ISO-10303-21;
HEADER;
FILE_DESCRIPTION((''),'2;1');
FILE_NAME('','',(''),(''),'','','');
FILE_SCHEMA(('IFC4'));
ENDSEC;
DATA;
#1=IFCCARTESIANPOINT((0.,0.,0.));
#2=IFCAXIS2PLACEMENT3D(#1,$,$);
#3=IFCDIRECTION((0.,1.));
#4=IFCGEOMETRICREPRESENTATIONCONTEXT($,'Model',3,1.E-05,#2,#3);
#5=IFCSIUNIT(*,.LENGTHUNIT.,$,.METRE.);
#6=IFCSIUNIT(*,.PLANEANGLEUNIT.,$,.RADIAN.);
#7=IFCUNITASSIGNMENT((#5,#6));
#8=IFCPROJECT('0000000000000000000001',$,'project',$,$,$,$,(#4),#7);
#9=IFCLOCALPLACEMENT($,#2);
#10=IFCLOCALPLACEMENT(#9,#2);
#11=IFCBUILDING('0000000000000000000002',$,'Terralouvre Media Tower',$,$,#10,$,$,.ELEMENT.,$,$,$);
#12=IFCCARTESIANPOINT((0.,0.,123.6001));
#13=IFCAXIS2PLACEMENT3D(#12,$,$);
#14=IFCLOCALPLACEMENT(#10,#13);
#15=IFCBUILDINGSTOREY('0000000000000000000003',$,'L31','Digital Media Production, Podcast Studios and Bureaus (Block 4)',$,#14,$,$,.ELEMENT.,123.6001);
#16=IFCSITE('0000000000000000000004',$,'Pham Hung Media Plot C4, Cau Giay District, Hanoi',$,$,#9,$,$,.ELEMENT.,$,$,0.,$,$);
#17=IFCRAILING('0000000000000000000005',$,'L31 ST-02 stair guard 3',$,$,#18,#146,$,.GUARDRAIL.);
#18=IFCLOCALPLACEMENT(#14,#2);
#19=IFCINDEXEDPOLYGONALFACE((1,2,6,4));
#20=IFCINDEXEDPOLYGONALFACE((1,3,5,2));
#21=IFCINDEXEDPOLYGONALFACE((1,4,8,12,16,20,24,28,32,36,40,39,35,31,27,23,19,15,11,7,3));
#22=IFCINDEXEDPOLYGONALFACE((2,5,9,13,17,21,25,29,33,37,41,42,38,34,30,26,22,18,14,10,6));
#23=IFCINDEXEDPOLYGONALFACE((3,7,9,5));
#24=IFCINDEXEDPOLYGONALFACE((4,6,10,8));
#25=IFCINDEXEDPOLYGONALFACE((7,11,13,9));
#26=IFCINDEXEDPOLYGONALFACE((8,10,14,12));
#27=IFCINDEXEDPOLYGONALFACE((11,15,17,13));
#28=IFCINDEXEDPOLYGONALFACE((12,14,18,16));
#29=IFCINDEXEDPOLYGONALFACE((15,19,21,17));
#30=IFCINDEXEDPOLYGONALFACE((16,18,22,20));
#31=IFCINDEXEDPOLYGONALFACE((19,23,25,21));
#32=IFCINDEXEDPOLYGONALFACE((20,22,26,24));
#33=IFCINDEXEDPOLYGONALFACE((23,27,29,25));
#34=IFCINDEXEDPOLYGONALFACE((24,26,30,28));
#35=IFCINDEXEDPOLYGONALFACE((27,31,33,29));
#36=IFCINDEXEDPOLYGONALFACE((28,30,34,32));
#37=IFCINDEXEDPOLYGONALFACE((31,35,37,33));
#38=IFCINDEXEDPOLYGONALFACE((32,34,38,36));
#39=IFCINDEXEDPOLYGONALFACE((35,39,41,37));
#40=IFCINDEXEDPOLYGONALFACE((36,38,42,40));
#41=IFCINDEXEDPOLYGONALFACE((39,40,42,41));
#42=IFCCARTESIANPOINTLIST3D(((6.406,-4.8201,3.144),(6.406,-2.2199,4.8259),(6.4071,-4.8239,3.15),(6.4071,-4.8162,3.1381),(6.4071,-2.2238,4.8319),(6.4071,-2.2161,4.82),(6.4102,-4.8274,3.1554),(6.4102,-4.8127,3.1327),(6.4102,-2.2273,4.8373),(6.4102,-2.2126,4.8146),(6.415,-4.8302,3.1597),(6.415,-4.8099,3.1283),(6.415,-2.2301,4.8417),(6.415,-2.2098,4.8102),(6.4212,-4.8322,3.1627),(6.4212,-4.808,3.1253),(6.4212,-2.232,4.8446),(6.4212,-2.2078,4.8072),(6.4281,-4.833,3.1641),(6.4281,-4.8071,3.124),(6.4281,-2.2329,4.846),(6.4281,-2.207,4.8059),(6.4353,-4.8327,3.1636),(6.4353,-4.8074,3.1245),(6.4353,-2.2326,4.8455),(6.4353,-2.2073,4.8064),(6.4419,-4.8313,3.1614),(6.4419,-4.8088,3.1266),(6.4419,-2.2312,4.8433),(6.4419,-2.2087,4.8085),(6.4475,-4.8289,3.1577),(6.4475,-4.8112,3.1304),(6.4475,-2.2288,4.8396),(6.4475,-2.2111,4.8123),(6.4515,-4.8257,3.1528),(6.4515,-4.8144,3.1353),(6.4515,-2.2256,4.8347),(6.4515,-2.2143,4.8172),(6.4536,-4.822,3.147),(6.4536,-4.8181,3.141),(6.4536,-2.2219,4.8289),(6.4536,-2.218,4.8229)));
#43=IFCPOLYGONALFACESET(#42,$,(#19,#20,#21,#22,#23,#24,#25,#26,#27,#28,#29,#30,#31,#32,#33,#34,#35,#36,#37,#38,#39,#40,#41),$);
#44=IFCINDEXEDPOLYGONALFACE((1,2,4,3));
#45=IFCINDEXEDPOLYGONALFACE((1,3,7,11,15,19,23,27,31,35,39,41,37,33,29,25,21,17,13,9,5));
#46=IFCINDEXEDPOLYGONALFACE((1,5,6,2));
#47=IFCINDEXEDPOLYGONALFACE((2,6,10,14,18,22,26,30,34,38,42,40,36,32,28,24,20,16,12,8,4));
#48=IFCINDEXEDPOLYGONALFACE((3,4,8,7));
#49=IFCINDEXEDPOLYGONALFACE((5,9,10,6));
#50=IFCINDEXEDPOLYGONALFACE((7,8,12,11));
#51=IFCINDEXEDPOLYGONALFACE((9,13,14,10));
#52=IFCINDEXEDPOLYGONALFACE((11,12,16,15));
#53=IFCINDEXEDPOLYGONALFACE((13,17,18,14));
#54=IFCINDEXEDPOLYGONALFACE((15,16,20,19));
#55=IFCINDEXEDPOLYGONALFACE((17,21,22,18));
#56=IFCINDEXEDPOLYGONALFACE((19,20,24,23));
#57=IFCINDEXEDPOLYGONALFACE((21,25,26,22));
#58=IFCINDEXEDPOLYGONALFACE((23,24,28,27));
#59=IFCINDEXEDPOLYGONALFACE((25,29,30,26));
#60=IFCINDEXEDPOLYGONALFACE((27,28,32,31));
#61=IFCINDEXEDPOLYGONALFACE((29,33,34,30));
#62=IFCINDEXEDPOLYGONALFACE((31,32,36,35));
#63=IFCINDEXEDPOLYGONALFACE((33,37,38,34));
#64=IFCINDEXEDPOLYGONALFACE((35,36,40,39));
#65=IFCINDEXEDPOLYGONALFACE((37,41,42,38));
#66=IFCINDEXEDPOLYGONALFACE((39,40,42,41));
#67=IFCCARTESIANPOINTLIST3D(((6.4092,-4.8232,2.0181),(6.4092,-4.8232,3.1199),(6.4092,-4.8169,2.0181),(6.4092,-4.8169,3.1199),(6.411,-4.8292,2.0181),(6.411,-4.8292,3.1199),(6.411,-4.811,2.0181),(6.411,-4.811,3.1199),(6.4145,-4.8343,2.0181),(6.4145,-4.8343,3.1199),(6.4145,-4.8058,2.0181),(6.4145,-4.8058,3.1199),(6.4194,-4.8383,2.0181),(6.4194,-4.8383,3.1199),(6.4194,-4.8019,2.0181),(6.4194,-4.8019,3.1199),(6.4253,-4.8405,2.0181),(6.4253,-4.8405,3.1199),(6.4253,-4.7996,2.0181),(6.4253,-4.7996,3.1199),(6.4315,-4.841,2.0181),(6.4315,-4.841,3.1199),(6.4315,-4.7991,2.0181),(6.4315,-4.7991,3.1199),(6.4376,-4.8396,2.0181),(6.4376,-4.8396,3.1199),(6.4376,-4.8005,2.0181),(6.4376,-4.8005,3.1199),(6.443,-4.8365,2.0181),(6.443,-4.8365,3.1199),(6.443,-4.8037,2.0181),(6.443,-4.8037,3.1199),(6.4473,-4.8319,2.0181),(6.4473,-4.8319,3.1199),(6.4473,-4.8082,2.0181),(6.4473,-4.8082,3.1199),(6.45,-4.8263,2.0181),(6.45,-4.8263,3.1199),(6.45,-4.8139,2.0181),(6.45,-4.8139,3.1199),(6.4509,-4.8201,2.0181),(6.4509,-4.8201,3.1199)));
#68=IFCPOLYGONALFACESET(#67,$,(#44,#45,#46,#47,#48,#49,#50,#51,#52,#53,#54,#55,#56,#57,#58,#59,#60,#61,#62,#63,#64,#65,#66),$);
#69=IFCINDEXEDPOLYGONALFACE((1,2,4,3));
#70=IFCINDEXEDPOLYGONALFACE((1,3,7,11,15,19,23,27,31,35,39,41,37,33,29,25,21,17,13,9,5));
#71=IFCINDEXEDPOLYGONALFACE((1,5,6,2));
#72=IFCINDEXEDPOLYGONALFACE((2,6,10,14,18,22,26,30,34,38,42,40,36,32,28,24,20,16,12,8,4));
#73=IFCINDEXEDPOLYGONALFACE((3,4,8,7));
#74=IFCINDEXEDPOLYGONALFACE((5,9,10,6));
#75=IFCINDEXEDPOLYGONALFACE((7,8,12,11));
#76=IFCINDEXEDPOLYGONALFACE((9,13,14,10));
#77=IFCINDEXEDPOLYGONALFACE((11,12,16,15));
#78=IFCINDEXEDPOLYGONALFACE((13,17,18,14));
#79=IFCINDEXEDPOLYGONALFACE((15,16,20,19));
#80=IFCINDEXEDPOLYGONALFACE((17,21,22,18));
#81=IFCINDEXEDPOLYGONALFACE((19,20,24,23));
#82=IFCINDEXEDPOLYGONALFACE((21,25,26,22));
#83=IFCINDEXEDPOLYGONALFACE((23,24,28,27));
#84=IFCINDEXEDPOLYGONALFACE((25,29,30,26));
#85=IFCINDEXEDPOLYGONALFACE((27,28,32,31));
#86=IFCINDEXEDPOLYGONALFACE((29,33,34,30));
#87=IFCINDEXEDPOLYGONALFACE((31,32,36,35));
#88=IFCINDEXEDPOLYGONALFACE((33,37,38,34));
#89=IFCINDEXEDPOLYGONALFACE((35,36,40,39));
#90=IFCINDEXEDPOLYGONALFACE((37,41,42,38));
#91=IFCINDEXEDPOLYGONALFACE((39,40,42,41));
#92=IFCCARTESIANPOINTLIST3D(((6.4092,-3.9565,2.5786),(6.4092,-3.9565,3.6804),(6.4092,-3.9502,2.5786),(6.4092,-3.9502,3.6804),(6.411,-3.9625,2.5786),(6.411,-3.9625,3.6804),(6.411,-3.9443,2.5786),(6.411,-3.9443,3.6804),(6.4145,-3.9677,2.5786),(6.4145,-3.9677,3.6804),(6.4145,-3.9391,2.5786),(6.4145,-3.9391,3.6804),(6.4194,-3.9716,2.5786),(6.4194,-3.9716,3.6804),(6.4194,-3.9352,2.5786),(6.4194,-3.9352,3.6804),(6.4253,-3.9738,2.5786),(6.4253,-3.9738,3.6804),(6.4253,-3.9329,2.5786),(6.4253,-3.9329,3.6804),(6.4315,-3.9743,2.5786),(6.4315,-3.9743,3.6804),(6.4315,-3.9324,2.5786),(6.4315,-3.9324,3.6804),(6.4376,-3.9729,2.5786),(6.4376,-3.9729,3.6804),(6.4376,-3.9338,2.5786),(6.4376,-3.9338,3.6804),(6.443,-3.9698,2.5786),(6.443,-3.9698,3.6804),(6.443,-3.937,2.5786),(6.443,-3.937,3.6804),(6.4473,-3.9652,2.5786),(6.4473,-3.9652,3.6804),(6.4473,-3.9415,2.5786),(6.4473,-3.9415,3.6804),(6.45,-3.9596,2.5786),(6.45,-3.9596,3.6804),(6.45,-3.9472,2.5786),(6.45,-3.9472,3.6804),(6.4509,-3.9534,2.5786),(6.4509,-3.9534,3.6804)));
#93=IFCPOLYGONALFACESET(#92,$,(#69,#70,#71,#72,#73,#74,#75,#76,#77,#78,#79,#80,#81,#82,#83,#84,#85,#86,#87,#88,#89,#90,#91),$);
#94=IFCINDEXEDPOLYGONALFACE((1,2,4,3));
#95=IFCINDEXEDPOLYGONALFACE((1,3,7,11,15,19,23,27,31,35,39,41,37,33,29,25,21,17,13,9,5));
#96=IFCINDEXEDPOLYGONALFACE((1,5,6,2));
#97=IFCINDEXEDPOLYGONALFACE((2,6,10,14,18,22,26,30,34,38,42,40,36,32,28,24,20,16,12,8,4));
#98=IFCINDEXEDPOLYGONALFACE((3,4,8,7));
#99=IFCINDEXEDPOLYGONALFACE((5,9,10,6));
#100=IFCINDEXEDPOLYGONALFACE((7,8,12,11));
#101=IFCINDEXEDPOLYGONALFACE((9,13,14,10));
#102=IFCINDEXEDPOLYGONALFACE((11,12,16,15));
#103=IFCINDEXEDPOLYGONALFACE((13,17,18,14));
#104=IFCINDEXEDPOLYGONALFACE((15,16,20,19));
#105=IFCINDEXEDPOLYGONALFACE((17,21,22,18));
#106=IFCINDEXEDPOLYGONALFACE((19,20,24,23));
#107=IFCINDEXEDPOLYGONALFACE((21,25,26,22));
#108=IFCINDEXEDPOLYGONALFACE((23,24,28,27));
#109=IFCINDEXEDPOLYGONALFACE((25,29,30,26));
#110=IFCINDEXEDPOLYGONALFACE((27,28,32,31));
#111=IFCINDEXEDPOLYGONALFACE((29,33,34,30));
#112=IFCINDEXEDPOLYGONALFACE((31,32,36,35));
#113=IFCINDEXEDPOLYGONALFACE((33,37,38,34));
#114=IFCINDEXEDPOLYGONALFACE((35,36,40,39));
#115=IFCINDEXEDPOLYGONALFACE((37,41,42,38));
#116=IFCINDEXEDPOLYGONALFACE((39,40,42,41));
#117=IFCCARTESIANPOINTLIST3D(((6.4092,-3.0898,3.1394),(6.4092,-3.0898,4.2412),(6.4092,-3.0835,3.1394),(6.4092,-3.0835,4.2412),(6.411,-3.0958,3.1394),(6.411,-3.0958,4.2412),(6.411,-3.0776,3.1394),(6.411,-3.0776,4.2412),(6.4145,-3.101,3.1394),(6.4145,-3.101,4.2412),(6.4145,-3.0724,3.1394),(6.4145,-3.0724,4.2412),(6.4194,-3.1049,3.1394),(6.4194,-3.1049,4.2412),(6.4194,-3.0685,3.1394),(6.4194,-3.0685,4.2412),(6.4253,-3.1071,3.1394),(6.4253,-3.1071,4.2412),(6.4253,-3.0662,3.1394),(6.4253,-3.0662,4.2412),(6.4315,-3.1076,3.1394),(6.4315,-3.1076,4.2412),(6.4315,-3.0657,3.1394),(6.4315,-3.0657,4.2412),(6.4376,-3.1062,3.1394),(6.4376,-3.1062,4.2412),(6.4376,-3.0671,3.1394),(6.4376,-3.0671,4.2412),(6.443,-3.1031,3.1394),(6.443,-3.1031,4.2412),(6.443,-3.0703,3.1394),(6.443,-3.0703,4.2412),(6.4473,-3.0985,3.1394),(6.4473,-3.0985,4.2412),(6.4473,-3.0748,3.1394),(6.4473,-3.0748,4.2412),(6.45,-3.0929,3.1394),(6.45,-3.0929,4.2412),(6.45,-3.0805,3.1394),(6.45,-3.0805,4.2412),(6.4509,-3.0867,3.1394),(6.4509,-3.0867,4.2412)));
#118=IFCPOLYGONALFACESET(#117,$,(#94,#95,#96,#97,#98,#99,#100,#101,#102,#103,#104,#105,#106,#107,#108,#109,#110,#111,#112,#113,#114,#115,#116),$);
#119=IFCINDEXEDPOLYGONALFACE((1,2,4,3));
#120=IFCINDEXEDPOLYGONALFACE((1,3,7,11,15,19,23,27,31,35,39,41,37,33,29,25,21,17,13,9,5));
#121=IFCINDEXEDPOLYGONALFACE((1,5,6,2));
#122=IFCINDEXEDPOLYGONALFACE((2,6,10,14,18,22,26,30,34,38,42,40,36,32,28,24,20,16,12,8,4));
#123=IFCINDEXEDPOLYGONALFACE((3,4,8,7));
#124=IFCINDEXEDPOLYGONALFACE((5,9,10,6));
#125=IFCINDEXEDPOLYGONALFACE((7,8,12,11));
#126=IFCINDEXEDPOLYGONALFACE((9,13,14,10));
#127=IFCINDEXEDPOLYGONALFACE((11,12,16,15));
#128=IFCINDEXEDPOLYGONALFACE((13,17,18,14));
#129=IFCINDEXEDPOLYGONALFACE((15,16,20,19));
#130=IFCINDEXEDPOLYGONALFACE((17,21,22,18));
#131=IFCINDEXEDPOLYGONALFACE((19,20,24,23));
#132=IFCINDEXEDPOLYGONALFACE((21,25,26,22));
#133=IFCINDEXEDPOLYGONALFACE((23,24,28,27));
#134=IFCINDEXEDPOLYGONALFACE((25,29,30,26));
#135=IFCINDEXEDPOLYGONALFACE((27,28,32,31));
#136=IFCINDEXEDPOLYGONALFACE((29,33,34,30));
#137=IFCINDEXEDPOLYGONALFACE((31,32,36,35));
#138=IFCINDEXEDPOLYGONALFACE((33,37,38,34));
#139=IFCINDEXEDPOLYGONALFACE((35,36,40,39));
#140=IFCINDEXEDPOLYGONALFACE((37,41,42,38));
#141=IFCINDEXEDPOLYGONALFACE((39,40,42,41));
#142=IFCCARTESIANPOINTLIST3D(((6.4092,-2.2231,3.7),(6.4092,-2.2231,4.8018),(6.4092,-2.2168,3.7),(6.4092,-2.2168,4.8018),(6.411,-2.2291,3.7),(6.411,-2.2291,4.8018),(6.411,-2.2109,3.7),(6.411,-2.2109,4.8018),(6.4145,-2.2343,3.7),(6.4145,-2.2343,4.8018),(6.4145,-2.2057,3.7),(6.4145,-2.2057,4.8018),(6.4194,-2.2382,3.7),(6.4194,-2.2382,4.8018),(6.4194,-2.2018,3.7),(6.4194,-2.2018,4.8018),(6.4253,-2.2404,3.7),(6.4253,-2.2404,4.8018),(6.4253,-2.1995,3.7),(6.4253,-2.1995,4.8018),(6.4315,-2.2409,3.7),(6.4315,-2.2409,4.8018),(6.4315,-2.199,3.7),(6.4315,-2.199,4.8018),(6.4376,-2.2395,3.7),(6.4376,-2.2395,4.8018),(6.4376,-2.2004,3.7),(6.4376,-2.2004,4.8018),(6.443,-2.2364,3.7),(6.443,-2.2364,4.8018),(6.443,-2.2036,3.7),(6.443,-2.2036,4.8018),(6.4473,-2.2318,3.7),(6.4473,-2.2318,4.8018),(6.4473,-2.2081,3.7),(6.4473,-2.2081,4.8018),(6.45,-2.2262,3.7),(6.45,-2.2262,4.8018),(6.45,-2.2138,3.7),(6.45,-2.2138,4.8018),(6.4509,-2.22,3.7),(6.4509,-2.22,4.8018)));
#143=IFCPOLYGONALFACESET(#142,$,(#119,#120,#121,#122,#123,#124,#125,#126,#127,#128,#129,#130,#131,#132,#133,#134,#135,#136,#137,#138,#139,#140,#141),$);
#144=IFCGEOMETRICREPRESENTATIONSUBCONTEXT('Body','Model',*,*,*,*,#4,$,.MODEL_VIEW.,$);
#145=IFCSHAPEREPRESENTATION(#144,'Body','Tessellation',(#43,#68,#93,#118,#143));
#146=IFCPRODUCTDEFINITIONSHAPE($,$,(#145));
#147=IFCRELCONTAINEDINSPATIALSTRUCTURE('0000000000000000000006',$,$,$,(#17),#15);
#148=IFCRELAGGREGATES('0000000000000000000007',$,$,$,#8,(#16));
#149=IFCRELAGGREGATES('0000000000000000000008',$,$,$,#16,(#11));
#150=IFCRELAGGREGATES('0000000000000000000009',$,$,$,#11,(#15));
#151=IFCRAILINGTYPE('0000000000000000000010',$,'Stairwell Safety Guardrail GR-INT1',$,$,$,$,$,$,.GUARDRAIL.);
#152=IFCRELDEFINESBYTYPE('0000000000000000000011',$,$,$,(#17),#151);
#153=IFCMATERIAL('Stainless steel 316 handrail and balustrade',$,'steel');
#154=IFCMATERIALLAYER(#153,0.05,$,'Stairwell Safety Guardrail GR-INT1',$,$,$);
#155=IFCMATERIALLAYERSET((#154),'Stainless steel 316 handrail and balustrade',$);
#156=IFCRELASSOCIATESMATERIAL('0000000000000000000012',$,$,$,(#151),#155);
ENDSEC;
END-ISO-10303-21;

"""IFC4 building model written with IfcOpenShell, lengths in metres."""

from ifc_helpers import new_model, si_unit, direction, frame, origin, origin_2d, place, context, subcontext, project, spatial, circle, extrude, material, layer, layer_set, type_object, element, save


model = new_model("IFC4")

# Units and contexts
model_context = context("Model", 3, precision=1e-05, world=origin(), true_north=direction((0.0, 1.0)))
body_context = subcontext(model_context, "Body", "Model", "MODEL_VIEW")
ifc_project = project(units=[si_unit("LENGTHUNIT", "METRE"), si_unit("PLANEANGLEUNIT", "RADIAN")], contexts=[model_context])

# Site, building, storey
site_placement = place(None, origin())
site = spatial("IfcSite", under=ifc_project, at=site_placement, Name="Pham Hung Media Plot C4, Cau Giay District, Hanoi", CompositionType="ELEMENT", RefElevation=0.0)
building_placement = place(site_placement, origin())
building = spatial("IfcBuilding", under=site, at=building_placement, Name="Terralouvre Media Tower", CompositionType="ELEMENT")
storey_placement = place(building_placement, frame((0.0, 0.0, 123.6001)))
storey = spatial("IfcBuildingStorey", under=building, at=storey_placement, Name="L31", Description="Digital Media Production, Podcast Studios and Bureaus (Block 4)", CompositionType="ELEMENT", Elevation=123.6001)

# Railing
ifc_material_1 = material(Name="Stainless steel 316 handrail and balustrade", Category="steel")
ifc_layer_1 = layer(ifc_material_1, 0.05, Name="Stairwell Safety Guardrail GR-INT1")
ifc_layer_set_1 = layer_set([ifc_layer_1], Name="Stainless steel 316 handrail and balustrade")
railing_type_1 = type_object("IfcRailingType", Name="Stairwell Safety Guardrail GR-INT1", PredefinedType="GUARDRAIL", material=ifc_layer_set_1)
railing_1_placement = place(storey_placement, frame((6.4299, -4.8201, 2.0181)))
element("IfcRailing", 1, at=railing_1_placement, inside=storey, type_object=railing_type_1, Name="L31 ST-02 stair guard 3", PredefinedType="GUARDRAIL", context=body_context, shape_type="SweptSolid", body=[
    extrude(circle(Radius=0.0239, at=origin_2d()), frame((0.0, 0.0, 1.126), z_axis=(0.0, 0.839648, 0.54313), x_axis=(-1.0, 0.0, 0.0)), (0.0, 0.0, 1.0), 3.0967),
    extrude(circle(Radius=0.021, at=origin_2d()), origin(), (0.0, 0.0, 1.0), 1.1018),
    extrude(circle(Radius=0.021, at=origin_2d()), frame((0.0, 0.8667, 0.5605)), (0.0, 0.0, 1.0), 1.1018),
    extrude(circle(Radius=0.021, at=origin_2d()), frame((0.0, 1.7334, 1.1213)), (0.0, 0.0, 1.0), 1.1018),
    extrude(circle(Radius=0.021, at=origin_2d()), frame((0.0, 2.6001, 1.6819)), (0.0, 0.0, 1.0), 1.1018),
])

save(model, "model.ifc")
